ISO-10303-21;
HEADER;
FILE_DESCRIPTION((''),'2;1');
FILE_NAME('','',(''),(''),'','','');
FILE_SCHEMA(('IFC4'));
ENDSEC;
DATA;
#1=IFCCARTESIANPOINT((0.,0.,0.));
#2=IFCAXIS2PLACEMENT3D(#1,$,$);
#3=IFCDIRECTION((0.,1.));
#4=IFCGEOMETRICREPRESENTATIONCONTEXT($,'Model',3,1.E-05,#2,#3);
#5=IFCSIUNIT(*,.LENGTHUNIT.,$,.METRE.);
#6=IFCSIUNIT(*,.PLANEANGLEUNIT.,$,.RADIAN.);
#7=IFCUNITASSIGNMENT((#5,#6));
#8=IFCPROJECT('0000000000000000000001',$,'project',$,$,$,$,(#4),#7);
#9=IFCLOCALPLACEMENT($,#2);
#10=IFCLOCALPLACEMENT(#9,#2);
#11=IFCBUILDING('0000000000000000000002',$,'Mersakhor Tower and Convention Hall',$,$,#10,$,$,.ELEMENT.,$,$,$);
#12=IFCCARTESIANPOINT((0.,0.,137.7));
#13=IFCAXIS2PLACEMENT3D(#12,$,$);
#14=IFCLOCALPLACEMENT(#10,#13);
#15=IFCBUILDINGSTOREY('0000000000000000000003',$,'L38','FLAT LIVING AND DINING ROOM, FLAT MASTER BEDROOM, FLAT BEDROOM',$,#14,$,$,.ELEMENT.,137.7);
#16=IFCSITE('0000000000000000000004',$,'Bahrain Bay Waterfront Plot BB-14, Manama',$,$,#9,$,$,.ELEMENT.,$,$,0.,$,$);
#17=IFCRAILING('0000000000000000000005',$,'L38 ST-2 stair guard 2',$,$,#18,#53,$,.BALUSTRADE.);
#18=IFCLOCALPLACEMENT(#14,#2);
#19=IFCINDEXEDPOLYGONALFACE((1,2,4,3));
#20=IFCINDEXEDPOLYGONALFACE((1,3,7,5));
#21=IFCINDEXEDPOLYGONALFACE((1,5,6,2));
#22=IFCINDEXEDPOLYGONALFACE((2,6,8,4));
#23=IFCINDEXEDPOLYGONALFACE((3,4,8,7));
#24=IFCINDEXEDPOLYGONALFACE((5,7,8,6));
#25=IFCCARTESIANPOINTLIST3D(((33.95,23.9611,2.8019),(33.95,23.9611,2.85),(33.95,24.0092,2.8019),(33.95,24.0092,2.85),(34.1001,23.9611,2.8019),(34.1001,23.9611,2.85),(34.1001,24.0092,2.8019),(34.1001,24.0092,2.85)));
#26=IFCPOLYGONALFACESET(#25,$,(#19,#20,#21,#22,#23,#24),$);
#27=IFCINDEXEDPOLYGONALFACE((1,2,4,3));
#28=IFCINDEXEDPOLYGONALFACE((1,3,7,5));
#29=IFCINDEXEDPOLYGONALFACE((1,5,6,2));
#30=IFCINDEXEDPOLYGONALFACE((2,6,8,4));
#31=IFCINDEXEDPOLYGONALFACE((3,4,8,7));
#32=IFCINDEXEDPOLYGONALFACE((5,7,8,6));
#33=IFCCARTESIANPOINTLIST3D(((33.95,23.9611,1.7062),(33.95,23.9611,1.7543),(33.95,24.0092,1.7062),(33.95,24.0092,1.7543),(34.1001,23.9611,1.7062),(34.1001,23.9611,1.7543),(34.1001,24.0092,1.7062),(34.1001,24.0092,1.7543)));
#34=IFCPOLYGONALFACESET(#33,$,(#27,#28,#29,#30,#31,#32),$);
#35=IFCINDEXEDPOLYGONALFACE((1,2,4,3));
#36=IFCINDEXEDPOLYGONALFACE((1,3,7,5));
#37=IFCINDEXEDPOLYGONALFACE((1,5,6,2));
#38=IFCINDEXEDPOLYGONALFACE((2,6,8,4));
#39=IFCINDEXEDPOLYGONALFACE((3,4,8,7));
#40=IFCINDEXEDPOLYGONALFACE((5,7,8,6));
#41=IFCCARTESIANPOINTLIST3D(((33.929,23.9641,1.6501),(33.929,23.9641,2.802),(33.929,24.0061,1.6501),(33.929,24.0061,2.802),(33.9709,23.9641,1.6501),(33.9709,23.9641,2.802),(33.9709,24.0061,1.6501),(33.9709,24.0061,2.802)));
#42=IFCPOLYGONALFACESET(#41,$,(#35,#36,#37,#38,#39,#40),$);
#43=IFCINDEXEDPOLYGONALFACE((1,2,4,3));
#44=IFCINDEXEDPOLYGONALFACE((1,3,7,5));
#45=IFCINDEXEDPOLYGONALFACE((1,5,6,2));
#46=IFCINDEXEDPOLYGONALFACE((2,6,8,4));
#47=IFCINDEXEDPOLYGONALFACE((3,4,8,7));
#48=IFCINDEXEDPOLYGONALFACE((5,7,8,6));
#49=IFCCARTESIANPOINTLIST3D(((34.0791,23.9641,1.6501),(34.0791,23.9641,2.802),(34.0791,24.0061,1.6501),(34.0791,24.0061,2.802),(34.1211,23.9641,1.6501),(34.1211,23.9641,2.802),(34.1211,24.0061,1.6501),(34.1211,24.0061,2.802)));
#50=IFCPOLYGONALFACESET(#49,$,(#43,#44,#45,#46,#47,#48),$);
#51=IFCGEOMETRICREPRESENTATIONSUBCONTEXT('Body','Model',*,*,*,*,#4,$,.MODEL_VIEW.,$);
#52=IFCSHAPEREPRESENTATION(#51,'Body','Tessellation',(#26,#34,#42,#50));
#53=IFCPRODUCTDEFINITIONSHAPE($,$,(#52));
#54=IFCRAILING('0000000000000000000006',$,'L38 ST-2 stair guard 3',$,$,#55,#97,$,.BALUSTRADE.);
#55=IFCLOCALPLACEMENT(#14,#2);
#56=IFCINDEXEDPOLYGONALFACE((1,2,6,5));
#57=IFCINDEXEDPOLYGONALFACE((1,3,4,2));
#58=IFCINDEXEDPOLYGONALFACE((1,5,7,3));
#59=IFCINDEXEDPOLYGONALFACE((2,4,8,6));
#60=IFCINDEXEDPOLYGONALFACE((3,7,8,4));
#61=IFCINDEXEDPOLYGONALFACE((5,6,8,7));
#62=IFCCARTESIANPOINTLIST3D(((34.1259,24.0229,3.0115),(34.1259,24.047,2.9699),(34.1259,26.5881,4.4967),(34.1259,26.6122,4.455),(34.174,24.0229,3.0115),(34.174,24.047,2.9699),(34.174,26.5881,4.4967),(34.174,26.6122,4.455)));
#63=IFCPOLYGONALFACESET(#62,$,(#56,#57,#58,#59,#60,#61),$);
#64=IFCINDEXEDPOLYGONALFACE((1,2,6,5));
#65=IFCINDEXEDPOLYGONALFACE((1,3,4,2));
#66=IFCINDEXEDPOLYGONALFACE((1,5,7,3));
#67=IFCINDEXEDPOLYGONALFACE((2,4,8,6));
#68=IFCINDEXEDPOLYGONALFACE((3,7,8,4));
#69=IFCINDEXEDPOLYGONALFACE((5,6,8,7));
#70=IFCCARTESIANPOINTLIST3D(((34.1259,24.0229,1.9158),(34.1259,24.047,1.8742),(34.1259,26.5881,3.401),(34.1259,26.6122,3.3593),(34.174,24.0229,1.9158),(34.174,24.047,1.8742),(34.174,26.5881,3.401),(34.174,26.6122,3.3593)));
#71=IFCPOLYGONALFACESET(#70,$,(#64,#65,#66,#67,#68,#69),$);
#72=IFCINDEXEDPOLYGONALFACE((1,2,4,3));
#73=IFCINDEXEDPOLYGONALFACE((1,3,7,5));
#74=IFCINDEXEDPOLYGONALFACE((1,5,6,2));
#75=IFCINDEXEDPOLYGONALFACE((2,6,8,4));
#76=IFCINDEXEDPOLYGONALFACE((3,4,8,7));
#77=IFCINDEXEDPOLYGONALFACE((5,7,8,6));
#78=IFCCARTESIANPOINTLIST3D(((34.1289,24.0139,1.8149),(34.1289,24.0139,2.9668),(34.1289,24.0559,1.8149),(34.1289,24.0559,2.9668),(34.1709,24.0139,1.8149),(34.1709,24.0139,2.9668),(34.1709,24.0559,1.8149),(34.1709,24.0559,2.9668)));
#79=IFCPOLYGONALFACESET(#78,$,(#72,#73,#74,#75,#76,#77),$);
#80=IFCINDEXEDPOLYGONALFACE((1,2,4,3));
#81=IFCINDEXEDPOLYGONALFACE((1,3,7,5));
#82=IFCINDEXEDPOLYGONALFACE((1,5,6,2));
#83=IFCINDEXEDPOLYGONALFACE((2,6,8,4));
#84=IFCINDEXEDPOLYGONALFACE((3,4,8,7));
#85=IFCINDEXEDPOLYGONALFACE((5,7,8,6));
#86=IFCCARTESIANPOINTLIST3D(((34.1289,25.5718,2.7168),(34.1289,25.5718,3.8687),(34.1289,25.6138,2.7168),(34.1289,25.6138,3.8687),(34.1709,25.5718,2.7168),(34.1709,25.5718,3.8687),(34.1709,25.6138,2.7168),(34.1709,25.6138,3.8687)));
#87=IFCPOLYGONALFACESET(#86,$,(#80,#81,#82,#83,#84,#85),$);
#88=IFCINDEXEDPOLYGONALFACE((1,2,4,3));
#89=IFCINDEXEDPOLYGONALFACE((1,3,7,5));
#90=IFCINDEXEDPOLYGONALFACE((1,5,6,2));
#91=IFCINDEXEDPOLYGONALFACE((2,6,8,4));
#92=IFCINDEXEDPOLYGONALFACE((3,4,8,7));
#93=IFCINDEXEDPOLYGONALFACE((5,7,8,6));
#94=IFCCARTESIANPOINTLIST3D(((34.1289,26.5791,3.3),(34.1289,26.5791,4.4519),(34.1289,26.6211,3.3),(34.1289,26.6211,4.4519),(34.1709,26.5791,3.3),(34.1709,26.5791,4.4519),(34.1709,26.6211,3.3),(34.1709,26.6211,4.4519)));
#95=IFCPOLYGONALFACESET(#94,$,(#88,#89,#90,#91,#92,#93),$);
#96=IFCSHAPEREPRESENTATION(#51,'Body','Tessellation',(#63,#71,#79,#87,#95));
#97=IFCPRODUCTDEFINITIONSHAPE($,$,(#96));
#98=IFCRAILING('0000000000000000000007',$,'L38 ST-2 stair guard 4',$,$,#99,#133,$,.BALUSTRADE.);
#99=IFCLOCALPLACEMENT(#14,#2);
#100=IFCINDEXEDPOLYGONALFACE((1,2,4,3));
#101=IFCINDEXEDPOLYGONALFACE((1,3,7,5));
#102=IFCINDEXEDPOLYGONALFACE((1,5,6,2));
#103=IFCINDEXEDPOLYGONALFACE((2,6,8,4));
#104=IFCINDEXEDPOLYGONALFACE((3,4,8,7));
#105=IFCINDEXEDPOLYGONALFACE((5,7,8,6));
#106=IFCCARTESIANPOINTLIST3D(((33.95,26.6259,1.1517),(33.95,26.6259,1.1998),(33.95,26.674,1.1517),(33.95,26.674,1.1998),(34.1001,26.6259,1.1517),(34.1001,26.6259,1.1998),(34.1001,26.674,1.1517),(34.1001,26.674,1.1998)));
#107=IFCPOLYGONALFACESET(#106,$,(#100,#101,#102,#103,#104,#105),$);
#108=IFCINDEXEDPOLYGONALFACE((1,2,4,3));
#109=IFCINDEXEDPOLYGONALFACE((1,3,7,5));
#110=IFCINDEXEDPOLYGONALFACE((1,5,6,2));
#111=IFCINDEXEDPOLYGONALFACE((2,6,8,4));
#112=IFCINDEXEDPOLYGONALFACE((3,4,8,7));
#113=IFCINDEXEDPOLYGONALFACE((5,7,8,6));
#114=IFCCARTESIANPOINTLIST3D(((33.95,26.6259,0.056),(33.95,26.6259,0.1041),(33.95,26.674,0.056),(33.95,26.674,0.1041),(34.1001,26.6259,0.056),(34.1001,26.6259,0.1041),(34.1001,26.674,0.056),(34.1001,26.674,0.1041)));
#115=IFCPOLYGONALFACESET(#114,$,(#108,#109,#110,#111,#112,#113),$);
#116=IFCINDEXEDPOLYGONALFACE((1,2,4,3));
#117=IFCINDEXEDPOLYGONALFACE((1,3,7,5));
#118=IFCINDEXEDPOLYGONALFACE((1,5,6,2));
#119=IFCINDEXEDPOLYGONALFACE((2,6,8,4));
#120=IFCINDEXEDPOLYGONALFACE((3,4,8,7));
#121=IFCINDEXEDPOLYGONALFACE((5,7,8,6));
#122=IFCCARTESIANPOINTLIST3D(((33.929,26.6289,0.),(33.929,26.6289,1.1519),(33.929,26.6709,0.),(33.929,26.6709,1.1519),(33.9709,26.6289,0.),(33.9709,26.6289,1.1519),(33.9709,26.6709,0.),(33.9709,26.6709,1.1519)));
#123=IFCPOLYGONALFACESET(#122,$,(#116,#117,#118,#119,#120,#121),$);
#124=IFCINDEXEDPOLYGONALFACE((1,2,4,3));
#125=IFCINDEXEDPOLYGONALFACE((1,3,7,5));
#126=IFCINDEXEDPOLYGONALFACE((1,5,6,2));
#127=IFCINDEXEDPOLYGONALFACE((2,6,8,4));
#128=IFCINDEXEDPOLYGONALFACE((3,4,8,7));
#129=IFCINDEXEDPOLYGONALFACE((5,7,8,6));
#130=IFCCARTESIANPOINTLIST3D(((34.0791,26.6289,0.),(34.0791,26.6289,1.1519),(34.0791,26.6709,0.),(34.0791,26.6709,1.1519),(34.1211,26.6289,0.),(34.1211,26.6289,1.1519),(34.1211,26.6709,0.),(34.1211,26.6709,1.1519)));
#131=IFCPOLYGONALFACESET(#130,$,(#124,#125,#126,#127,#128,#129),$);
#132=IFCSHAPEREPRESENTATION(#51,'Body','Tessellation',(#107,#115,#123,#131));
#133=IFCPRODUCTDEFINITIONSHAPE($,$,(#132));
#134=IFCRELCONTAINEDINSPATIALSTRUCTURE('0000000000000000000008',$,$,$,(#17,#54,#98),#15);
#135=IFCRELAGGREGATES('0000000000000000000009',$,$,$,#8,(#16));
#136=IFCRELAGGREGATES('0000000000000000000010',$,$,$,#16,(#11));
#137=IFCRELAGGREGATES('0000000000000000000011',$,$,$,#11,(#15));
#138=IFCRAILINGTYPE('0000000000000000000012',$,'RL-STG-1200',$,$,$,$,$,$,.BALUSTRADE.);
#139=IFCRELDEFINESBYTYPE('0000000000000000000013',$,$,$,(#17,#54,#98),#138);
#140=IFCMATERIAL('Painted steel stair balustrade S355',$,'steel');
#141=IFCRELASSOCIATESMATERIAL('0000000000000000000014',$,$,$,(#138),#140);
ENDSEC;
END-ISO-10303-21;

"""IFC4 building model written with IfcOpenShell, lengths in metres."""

from ifc_helpers import new_model, si_unit, direction, frame, origin, origin_2d, place, context, subcontext, project, spatial, rectangle, extrude, material, type_object, element, save


model = new_model("IFC4")

# Units and contexts
model_context = context("Model", 3, precision=1e-05, world=origin(), true_north=direction((0.0, 1.0)))
body_context = subcontext(model_context, "Body", "Model", "MODEL_VIEW")
ifc_project = project(units=[si_unit("LENGTHUNIT", "METRE"), si_unit("PLANEANGLEUNIT", "RADIAN")], contexts=[model_context])

# Site, building, storey
site_placement = place(None, origin())
site = spatial("IfcSite", under=ifc_project, at=site_placement, Name="Bahrain Bay Waterfront Plot BB-14, Manama", CompositionType="ELEMENT", RefElevation=0.0)
building_placement = place(site_placement, origin())
building = spatial("IfcBuilding", under=site, at=building_placement, Name="Mersakhor Tower and Convention Hall", CompositionType="ELEMENT")
storey_placement = place(building_placement, frame((0.0, 0.0, 137.7)))
storey = spatial("IfcBuildingStorey", under=building, at=storey_placement, Name="L38", Description="FLAT LIVING AND DINING ROOM, FLAT MASTER BEDROOM, FLAT BEDROOM", CompositionType="ELEMENT", Elevation=137.7)

# Railings
ifc_material_1 = material(Name="Painted steel stair balustrade S355", Category="steel")
railing_type_1 = type_object("IfcRailingType", Name="RL-STG-1200", PredefinedType="BALUSTRADE", material=ifc_material_1)
railing_1_placement = place(storey_placement, frame((33.95, 23.9851, 1.6501)))
element("IfcRailing", 1, at=railing_1_placement, inside=storey, type_object=railing_type_1, Name="L38 ST-2 stair guard 2", PredefinedType="BALUSTRADE", context=body_context, shape_type="SweptSolid", body=[
    extrude(rectangle(XDim=0.0481, YDim=0.0481, at=origin_2d()), frame((0.0, 0.0, 1.1758), z_axis=(1.0, 0.0, 0.0), x_axis=(0.0, 1.0, 0.0)), (0.0, 0.0, 1.0), 0.1501),
    extrude(rectangle(XDim=0.0481, YDim=0.0481, at=origin_2d()), frame((0.0, 0.0, 0.0801), z_axis=(1.0, 0.0, 0.0), x_axis=(0.0, 1.0, 0.0)), (0.0, 0.0, 1.0), 0.1501),
    extrude(rectangle(XDim=0.042, YDim=0.042, at=origin_2d()), origin(), (0.0, 0.0, 1.0), 1.1519),
    extrude(rectangle(XDim=0.042, YDim=0.042, at=origin_2d()), frame((0.1501, 0.0, 0.0)), (0.0, 0.0, 1.0), 1.1519),
])
railing_2_placement = place(storey_placement, frame((34.1499, 24.0349, 1.8149)))
element("IfcRailing", 2, at=railing_2_placement, inside=storey, type_object=railing_type_1, Name="L38 ST-2 stair guard 3", PredefinedType="BALUSTRADE", context=body_context, shape_type="SweptSolid", body=[
    extrude(rectangle(XDim=0.0481, YDim=0.0481, at=origin_2d()), frame((0.0, 0.0, 1.1758), z_axis=(0.0, 0.865426, 0.501036), x_axis=(-1.0, 0.0, 0.0)), (0.0, 0.0, 1.0), 2.9641),
    extrude(rectangle(XDim=0.0481, YDim=0.0481, at=origin_2d()), frame((0.0, 0.0, 0.0801), z_axis=(0.0, 0.865426, 0.501036), x_axis=(-1.0, 0.0, 0.0)), (0.0, 0.0, 1.0), 2.9641),
    extrude(rectangle(XDim=0.042, YDim=0.042, at=origin_2d()), origin(), (0.0, 0.0, 1.0), 1.1519),
    extrude(rectangle(XDim=0.042, YDim=0.042, at=origin_2d()), frame((0.0, 1.5579, 0.9019)), (0.0, 0.0, 1.0), 1.1519),
    extrude(rectangle(XDim=0.042, YDim=0.042, at=origin_2d()), frame((0.0, 2.5652, 1.4851)), (0.0, 0.0, 1.0), 1.1519),
])
railing_3_placement = place(storey_placement, frame((33.95, 26.6499, 0.0)))
element("IfcRailing", 3, at=railing_3_placement, inside=storey, type_object=railing_type_1, Name="L38 ST-2 stair guard 4", PredefinedType="BALUSTRADE", context=body_context, shape_type="SweptSolid", body=[
    extrude(rectangle(XDim=0.0481, YDim=0.0481, at=origin_2d()), frame((0.0, 0.0, 1.1758), z_axis=(1.0, 0.0, 0.0), x_axis=(0.0, 1.0, 0.0)), (0.0, 0.0, 1.0), 0.1501),
    extrude(rectangle(XDim=0.0481, YDim=0.0481, at=origin_2d()), frame((0.0, 0.0, 0.0801), z_axis=(1.0, 0.0, 0.0), x_axis=(0.0, 1.0, 0.0)), (0.0, 0.0, 1.0), 0.1501),
    extrude(rectangle(XDim=0.042, YDim=0.042, at=origin_2d()), origin(), (0.0, 0.0, 1.0), 1.1519),
    extrude(rectangle(XDim=0.042, YDim=0.042, at=origin_2d()), frame((0.1501, 0.0, 0.0)), (0.0, 0.0, 1.0), 1.1519),
])

save(model, "model.ifc")
